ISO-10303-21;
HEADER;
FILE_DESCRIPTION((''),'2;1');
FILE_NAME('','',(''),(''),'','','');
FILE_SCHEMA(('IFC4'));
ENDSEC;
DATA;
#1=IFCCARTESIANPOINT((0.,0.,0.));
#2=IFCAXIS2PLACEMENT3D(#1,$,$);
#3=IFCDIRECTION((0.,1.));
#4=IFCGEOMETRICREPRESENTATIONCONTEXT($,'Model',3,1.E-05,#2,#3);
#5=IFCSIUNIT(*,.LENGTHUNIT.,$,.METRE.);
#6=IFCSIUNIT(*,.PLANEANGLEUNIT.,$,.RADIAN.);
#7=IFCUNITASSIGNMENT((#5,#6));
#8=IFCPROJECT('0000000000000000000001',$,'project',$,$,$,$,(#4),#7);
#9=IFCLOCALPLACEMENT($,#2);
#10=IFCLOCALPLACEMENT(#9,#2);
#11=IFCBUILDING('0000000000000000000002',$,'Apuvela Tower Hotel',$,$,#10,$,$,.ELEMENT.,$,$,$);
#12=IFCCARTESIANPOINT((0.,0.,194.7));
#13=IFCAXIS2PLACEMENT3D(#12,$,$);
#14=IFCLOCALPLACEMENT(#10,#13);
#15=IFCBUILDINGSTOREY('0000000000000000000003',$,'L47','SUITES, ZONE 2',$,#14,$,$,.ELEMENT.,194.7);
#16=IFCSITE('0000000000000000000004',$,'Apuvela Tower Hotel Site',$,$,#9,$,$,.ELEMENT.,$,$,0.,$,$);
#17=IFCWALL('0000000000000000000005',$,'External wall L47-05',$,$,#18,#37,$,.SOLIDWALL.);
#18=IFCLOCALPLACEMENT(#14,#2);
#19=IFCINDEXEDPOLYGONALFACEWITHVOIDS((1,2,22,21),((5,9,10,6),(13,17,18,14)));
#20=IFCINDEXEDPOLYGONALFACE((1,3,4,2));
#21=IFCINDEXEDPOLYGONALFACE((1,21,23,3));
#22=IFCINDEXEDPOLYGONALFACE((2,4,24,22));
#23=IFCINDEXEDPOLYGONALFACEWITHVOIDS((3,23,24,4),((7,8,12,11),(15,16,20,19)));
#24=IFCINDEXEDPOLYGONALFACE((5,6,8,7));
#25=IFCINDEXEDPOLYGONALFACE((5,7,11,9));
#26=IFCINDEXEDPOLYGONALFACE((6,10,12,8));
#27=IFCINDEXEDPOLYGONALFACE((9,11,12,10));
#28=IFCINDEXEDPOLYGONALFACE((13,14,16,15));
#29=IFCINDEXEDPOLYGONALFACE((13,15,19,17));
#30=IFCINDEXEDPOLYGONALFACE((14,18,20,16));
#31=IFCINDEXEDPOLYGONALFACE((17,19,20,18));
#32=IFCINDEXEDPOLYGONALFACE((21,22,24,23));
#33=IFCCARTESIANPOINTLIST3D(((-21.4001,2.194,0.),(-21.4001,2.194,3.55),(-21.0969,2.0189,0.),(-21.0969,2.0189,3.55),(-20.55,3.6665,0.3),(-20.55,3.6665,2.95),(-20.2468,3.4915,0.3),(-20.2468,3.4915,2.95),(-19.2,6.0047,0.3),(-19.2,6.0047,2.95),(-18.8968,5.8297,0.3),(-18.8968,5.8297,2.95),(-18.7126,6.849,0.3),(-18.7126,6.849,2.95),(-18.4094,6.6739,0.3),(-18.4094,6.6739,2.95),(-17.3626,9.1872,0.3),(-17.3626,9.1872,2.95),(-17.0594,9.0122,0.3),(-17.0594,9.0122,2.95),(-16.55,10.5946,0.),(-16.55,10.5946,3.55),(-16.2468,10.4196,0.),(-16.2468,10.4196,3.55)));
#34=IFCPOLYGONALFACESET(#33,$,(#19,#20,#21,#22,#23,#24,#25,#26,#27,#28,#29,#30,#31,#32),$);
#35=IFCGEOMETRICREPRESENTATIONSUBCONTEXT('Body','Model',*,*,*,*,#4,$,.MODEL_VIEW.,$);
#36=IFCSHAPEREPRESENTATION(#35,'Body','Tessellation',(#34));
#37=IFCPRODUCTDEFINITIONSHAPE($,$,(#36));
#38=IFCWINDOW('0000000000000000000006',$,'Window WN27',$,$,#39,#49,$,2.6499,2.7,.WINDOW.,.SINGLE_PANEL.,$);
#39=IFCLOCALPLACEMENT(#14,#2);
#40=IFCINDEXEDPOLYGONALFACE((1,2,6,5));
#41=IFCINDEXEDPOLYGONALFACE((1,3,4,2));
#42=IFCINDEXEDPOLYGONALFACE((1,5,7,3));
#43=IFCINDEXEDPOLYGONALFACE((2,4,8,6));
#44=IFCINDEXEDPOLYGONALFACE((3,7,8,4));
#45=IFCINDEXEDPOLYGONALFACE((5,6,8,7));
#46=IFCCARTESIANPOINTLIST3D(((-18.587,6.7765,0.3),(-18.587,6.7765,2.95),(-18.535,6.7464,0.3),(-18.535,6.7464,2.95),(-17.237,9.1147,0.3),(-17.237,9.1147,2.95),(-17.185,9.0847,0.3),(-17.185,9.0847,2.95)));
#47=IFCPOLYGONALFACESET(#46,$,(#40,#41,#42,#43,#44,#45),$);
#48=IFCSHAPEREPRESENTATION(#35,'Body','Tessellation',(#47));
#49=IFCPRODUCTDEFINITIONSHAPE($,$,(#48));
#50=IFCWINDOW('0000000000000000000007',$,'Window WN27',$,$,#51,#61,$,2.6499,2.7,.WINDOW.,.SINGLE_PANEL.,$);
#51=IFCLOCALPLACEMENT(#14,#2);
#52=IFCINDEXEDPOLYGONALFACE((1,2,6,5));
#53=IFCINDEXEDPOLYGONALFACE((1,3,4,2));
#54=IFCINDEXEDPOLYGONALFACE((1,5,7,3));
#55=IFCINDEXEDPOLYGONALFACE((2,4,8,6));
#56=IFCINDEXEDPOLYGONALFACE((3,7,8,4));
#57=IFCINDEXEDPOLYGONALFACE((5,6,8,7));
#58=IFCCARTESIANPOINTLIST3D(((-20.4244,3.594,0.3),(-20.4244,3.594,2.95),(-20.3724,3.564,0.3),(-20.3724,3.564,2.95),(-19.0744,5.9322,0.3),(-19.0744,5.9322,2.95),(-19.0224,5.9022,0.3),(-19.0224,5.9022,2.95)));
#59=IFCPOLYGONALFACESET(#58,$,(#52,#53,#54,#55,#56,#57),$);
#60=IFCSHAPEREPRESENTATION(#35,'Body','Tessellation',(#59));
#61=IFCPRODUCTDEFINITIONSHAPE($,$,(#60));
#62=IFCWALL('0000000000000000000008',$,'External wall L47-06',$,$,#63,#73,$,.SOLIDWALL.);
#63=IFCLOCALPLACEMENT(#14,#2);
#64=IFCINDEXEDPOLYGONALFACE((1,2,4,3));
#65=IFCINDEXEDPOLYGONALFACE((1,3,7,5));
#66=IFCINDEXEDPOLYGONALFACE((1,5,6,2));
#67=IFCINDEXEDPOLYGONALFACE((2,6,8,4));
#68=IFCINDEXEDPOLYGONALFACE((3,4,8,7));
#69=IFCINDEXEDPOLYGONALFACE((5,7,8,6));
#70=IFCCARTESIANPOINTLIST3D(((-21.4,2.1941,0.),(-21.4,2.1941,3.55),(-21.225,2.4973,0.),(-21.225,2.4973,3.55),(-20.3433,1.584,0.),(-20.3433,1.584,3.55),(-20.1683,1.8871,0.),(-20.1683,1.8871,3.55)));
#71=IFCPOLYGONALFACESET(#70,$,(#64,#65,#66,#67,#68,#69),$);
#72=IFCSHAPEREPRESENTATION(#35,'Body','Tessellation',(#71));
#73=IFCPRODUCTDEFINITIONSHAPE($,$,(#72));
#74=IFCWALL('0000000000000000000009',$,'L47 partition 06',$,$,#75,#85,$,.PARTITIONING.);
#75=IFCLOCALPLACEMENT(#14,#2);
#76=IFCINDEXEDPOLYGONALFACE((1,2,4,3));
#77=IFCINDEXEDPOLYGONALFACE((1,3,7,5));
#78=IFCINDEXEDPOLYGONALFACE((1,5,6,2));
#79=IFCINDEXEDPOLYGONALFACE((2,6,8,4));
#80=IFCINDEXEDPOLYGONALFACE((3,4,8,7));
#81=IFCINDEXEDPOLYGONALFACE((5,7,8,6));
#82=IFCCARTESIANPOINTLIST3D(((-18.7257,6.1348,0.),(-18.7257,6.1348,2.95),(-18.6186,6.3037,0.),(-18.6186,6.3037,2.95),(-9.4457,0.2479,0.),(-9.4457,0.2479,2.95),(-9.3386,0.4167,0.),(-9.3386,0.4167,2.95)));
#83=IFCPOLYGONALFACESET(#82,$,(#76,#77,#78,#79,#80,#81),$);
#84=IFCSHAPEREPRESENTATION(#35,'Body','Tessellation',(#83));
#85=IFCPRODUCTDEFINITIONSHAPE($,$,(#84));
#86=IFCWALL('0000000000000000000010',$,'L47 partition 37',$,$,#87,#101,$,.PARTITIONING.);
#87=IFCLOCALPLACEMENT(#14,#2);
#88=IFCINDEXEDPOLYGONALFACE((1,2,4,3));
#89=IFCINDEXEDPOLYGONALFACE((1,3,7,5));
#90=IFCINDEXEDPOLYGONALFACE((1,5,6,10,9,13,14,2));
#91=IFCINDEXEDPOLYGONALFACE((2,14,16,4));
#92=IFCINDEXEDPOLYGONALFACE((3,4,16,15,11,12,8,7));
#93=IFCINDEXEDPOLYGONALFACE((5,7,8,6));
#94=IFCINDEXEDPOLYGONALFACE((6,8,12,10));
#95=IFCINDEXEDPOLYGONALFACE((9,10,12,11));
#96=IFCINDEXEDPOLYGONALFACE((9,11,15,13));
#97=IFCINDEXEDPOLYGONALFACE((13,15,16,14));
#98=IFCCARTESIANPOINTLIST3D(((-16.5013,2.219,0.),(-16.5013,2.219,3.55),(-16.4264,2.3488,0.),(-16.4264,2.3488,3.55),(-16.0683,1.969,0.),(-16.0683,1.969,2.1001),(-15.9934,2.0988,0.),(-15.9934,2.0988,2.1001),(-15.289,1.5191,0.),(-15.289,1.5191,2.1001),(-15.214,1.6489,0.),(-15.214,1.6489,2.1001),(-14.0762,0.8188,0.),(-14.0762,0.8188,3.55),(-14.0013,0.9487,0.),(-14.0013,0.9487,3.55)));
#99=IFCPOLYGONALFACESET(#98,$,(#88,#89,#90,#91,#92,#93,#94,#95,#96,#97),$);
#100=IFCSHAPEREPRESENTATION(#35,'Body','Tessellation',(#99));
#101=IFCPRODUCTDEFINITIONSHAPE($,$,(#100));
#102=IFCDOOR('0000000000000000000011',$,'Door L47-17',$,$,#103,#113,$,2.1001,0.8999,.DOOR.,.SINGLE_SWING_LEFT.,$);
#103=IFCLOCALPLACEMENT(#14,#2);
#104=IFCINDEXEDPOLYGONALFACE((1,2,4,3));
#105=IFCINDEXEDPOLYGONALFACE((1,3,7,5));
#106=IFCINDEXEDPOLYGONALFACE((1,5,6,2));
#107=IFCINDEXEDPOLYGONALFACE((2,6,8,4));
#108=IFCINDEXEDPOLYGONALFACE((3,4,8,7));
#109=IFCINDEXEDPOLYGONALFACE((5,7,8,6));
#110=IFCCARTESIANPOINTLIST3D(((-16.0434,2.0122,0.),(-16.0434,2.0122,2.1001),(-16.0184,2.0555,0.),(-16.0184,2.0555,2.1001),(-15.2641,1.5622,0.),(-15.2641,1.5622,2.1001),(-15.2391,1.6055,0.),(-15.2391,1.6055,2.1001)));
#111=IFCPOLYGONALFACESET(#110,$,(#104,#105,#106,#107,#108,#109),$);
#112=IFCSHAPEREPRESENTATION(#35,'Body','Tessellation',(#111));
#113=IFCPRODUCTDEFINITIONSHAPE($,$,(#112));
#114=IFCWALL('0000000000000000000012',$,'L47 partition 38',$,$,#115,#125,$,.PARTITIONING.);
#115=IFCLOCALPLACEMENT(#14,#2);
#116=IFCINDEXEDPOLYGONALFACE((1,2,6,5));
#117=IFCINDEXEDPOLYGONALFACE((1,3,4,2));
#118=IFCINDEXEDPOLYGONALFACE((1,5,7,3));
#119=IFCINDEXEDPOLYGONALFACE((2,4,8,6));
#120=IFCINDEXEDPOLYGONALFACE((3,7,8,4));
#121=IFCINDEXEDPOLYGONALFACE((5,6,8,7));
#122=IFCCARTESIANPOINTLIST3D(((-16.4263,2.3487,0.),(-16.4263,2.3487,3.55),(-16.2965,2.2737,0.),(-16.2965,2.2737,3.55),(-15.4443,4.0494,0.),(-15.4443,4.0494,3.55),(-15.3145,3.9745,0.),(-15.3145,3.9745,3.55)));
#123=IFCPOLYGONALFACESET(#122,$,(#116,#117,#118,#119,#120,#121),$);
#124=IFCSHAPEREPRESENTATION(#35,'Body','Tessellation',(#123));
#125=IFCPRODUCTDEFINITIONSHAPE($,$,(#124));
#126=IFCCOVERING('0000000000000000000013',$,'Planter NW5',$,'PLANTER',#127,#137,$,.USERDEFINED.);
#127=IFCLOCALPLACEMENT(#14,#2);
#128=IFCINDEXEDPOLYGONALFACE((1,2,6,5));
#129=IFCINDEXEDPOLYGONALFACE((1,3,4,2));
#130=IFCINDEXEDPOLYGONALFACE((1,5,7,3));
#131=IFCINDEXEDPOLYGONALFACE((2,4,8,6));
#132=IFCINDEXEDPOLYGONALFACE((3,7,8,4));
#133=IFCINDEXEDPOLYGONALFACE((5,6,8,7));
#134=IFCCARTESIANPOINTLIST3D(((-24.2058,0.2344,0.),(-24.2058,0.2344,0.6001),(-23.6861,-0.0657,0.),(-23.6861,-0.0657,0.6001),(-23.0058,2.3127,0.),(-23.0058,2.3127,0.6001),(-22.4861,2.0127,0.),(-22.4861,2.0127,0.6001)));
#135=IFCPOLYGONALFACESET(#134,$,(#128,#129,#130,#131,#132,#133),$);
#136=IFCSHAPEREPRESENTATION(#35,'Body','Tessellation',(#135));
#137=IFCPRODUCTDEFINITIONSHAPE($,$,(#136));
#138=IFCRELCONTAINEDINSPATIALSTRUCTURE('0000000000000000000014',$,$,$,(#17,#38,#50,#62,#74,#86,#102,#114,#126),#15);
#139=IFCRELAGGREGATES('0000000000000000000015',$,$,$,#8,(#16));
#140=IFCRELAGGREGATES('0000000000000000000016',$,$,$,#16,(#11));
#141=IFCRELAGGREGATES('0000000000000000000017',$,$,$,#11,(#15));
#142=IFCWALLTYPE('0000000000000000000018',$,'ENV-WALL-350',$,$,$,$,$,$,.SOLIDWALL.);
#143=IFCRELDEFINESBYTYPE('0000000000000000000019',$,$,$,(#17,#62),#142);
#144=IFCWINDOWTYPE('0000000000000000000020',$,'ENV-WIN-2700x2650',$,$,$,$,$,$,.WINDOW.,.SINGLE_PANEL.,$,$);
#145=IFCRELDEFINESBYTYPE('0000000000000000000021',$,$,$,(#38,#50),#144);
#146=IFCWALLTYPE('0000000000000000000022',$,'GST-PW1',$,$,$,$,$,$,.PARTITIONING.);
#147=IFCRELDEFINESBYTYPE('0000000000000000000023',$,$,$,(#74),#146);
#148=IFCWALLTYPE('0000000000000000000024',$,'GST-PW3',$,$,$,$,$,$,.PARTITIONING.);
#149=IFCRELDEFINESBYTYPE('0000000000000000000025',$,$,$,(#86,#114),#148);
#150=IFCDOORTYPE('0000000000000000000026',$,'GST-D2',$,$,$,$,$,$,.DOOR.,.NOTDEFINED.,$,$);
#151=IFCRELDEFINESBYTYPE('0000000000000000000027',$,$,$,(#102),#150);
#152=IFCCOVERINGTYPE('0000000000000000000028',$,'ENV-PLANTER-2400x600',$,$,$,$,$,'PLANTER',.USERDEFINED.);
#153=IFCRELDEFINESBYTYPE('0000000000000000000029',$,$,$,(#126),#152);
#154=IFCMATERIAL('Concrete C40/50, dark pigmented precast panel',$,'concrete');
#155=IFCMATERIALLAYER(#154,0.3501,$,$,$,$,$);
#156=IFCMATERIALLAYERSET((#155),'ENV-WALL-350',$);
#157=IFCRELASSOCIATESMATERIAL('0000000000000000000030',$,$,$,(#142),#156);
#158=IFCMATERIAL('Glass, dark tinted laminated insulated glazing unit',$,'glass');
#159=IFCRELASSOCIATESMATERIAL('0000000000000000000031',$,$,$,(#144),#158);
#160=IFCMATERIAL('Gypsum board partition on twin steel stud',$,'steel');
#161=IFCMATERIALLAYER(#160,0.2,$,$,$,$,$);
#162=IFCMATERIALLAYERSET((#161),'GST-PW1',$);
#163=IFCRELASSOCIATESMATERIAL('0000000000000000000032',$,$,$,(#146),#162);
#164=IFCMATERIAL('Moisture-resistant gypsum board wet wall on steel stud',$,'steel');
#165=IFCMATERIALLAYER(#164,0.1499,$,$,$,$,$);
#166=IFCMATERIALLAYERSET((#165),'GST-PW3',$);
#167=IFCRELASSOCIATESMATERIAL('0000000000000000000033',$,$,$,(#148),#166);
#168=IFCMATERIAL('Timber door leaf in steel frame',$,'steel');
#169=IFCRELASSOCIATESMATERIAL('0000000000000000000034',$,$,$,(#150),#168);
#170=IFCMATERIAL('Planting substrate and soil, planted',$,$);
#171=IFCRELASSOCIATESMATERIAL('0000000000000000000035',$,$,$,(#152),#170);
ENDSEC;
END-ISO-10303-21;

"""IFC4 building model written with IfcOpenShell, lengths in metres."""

from ifc_helpers import new_model, si_unit, direction, frame, frame_2d, origin, origin_2d, place, context, subcontext, project, spatial, rectangle, extrude, material, layer, layer_set, type_object, element, fill, save


model = new_model("IFC4")

# Units and contexts
model_context = context("Model", 3, precision=1e-05, world=origin(), true_north=direction((0.0, 1.0)))
body_context = subcontext(model_context, "Body", "Model", "MODEL_VIEW")
ifc_project = project(units=[si_unit("LENGTHUNIT", "METRE"), si_unit("PLANEANGLEUNIT", "RADIAN")], contexts=[model_context])

# Site, building, storey
site_placement = place(None, origin())
site = spatial("IfcSite", under=ifc_project, at=site_placement, Name="Apuvela Tower Hotel Site", CompositionType="ELEMENT", RefElevation=0.0)
building_placement = place(site_placement, origin())
building = spatial("IfcBuilding", under=site, at=building_placement, Name="Apuvela Tower Hotel", CompositionType="ELEMENT")
storey_placement = place(building_placement, frame((0.0, 0.0, 194.7)))
storey = spatial("IfcBuildingStorey", under=building, at=storey_placement, Name="L47", Description="SUITES, ZONE 2", CompositionType="ELEMENT", Elevation=194.7)

# Shared definitions
ifc_material_1 = material(Name="Concrete C40/50, dark pigmented precast panel", Category="concrete")
ifc_layer_1 = layer(ifc_material_1, 0.3501)
ifc_layer_set_1 = layer_set([ifc_layer_1], Name="ENV-WALL-350")
wall_type_1 = type_object("IfcWallType", Name="ENV-WALL-350", PredefinedType="SOLIDWALL", material=ifc_layer_set_1)

# Wall, openings, windows
wall_1_placement = place(storey_placement, frame((-16.3984, 10.5071, 0.0), z_axis=(0.0, 0.0, 1.0), x_axis=(-0.499999, -0.866026, 0.0)))
wall_1 = element("IfcWall", 1, at=wall_1_placement, inside=storey, type_object=wall_type_1, Name="External wall L47-05", PredefinedType="SOLIDWALL", context=body_context, shape_type="SweptSolid", body=[
    extrude(rectangle(XDim=9.7002, YDim=0.3501, at=frame_2d((4.8501, 0.0))), origin(), (0.0, 0.0, 1.0), 3.55),
])
opening_1_placement = place(wall_1_placement, frame((1.625, 0.0, 0.3)))
opening_1 = element("IfcOpeningElement", 2, at=opening_1_placement, cuts=wall_1, PredefinedType="OPENING", context=body_context, shape_type="SweptSolid", body=[
    extrude(rectangle(XDim=2.7, YDim=2.6499, at=frame_2d((1.3501, 1.325))), frame((0.0, 0.1851, 0.0), z_axis=(0.0, -1.0, 0.0), x_axis=(1.0, 0.0, 0.0)), (0.0, 0.0, 1.0), 0.3701),
])
opening_2_placement = place(wall_1_placement, frame((5.2998, 0.0, 0.3)))
opening_2 = element("IfcOpeningElement", 3, at=opening_2_placement, cuts=wall_1, PredefinedType="OPENING", context=body_context, shape_type="SweptSolid", body=[
    extrude(rectangle(XDim=2.7, YDim=2.6499, at=frame_2d((1.3501, 1.325))), frame((0.0, 0.1851, 0.0), z_axis=(0.0, -1.0, 0.0), x_axis=(1.0, 0.0, 0.0)), (0.0, 0.0, 1.0), 0.3701),
])
ifc_material_2 = material(Name="Glass, dark tinted laminated insulated glazing unit", Category="glass")
window_type_1 = type_object("IfcWindowType", Name="ENV-WIN-2700x2650", PartitioningType="SINGLE_PANEL", PredefinedType="WINDOW", material=ifc_material_2)
window_1_placement = place(opening_1_placement, origin())
window_1 = element("IfcWindow", 4, at=window_1_placement, inside=storey, type_object=window_type_1, Name="Window WN27", OverallHeight=2.6499, OverallWidth=2.7, PartitioningType="SINGLE_PANEL", PredefinedType="WINDOW", context=body_context, shape_type="SweptSolid", body=[
    extrude(rectangle(XDim=2.7, YDim=2.6499, at=frame_2d((1.3501, 1.325))), frame((0.0, 0.03, 0.0), z_axis=(0.0, -1.0, 0.0), x_axis=(1.0, 0.0, 0.0)), (0.0, 0.0, 1.0), 0.0601),
])
fill(opening_1, window_1)
window_2_placement = place(opening_2_placement, origin())
window_2 = element("IfcWindow", 5, at=window_2_placement, inside=storey, type_object=window_type_1, Name="Window WN27", OverallHeight=2.6499, OverallWidth=2.7, PartitioningType="SINGLE_PANEL", PredefinedType="WINDOW", context=body_context, shape_type="SweptSolid", body=[
    extrude(rectangle(XDim=2.7, YDim=2.6499, at=frame_2d((1.3501, 1.325))), frame((0.0, 0.03, 0.0), z_axis=(0.0, -1.0, 0.0), x_axis=(1.0, 0.0, 0.0)), (0.0, 0.0, 1.0), 0.0601),
])
fill(opening_2, window_2)

# Wall
wall_2_placement = place(storey_placement, frame((-21.3125, 2.3457, 0.0), z_axis=(0.0, 0.0, 1.0), x_axis=(0.866006, -0.500034, 0.0)))
element("IfcWall", 6, at=wall_2_placement, inside=storey, type_object=wall_type_1, Name="External wall L47-06", PredefinedType="SOLIDWALL", context=body_context, shape_type="SweptSolid", body=[
    extrude(rectangle(XDim=1.2202, YDim=0.3501, at=frame_2d((0.6101, 0.0))), origin(), (0.0, 0.0, 1.0), 3.55),
])

# Wall
ifc_material_3 = material(Name="Gypsum board partition on twin steel stud", Category="steel")
ifc_layer_2 = layer(ifc_material_3, 0.2)
ifc_layer_set_2 = layer_set([ifc_layer_2], Name="GST-PW1")
wall_type_2 = type_object("IfcWallType", Name="GST-PW1", PredefinedType="PARTITIONING", material=ifc_layer_set_2)
wall_3_placement = place(storey_placement, frame((-18.6721, 6.2192, 0.0), z_axis=(0.0, 0.0, 1.0), x_axis=(0.844424, -0.535676, 0.0)))
element("IfcWall", 7, at=wall_3_placement, inside=storey, type_object=wall_type_2, Name="L47 partition 06", PredefinedType="PARTITIONING", context=body_context, shape_type="SweptSolid", body=[
    extrude(rectangle(XDim=10.9897, YDim=0.2, at=frame_2d((5.4949, 0.0))), origin(), (0.0, 0.0, 1.0), 2.95),
])

# Wall, opening, door
ifc_material_4 = material(Name="Moisture-resistant gypsum board wet wall on steel stud", Category="steel")
ifc_layer_3 = layer(ifc_material_4, 0.1499)
ifc_layer_set_3 = layer_set([ifc_layer_3], Name="GST-PW3")
wall_type_3 = type_object("IfcWallType", Name="GST-PW3", PredefinedType="PARTITIONING", material=ifc_layer_set_3)
wall_4_placement = place(storey_placement, frame((-16.4639, 2.2839, 0.0), z_axis=(0.0, 0.0, 1.0), x_axis=(0.866019, -0.500012, 0.0)))
wall_4 = element("IfcWall", 8, at=wall_4_placement, inside=storey, type_object=wall_type_3, Name="L47 partition 37", PredefinedType="PARTITIONING", context=body_context, shape_type="SweptSolid", body=[
    extrude(rectangle(XDim=2.8003, YDim=0.1499, at=frame_2d((1.4001, 0.0))), origin(), (0.0, 0.0, 1.0), 3.55),
])
opening_3_placement = place(wall_4_placement, frame((0.5, 0.0, 0.0)))
opening_3 = element("IfcOpeningElement", 9, at=opening_3_placement, cuts=wall_4, PredefinedType="OPENING", context=body_context, shape_type="SweptSolid", body=[
    extrude(rectangle(XDim=0.8999, YDim=2.1001, at=frame_2d((0.45, 1.05))), frame((0.0, 0.085, 0.0), z_axis=(0.0, -1.0, 0.0), x_axis=(1.0, 0.0, 0.0)), (0.0, 0.0, 1.0), 0.1699),
])
ifc_material_5 = material(Name="Timber door leaf in steel frame", Category="steel")
door_type_1 = type_object("IfcDoorType", Name="GST-D2", OperationType="NOTDEFINED", PredefinedType="DOOR", material=ifc_material_5)
door_1_placement = place(opening_3_placement, origin())
door_1 = element("IfcDoor", 10, at=door_1_placement, inside=storey, type_object=door_type_1, Name="Door L47-17", OperationType="SINGLE_SWING_LEFT", OverallHeight=2.1001, OverallWidth=0.8999, PredefinedType="DOOR", context=body_context, shape_type="SweptSolid", body=[
    extrude(rectangle(XDim=0.8999, YDim=2.1001, at=frame_2d((0.45, 1.05))), frame((0.0, 0.0249, 0.0), z_axis=(0.0, -1.0, 0.0), x_axis=(1.0, 0.0, 0.0)), (0.0, 0.0, 1.0), 0.05),
])
fill(opening_3, door_1)

# Wall
wall_5_placement = place(storey_placement, frame((-15.3794, 4.012, 0.0), z_axis=(0.0, 0.0, 1.0), x_axis=(-0.500017, -0.866016, 0.0)))
element("IfcWall", 11, at=wall_5_placement, inside=storey, type_object=wall_type_3, Name="L47 partition 38", PredefinedType="PARTITIONING", context=body_context, shape_type="SweptSolid", body=[
    extrude(rectangle(XDim=1.9639, YDim=0.1499, at=frame_2d((0.9819, 0.0))), origin(), (0.0, 0.0, 1.0), 3.55),
])

# Covering
ifc_material_6 = material(Name="Planting substrate and soil, planted")
covering_type = type_object("IfcCoveringType", Name="ENV-PLANTER-2400x600", ElementType="PLANTER", PredefinedType="USERDEFINED", material=ifc_material_6)
covering_placement = place(storey_placement, frame((-23.3459, 1.1235, 0.0), z_axis=(0.0, 0.0, 1.0), x_axis=(-0.5, -0.866025, 0.0)))
element("IfcCovering", 12, at=covering_placement, inside=storey, type_object=covering_type, Name="Planter NW5", ObjectType="PLANTER", PredefinedType="USERDEFINED", context=body_context, shape_type="SweptSolid", body=[
    extrude(rectangle(XDim=2.3999, YDim=0.6001, at=origin_2d()), origin(), (0.0, 0.0, 1.0), 0.6001),
])

save(model, "model.ifc")
